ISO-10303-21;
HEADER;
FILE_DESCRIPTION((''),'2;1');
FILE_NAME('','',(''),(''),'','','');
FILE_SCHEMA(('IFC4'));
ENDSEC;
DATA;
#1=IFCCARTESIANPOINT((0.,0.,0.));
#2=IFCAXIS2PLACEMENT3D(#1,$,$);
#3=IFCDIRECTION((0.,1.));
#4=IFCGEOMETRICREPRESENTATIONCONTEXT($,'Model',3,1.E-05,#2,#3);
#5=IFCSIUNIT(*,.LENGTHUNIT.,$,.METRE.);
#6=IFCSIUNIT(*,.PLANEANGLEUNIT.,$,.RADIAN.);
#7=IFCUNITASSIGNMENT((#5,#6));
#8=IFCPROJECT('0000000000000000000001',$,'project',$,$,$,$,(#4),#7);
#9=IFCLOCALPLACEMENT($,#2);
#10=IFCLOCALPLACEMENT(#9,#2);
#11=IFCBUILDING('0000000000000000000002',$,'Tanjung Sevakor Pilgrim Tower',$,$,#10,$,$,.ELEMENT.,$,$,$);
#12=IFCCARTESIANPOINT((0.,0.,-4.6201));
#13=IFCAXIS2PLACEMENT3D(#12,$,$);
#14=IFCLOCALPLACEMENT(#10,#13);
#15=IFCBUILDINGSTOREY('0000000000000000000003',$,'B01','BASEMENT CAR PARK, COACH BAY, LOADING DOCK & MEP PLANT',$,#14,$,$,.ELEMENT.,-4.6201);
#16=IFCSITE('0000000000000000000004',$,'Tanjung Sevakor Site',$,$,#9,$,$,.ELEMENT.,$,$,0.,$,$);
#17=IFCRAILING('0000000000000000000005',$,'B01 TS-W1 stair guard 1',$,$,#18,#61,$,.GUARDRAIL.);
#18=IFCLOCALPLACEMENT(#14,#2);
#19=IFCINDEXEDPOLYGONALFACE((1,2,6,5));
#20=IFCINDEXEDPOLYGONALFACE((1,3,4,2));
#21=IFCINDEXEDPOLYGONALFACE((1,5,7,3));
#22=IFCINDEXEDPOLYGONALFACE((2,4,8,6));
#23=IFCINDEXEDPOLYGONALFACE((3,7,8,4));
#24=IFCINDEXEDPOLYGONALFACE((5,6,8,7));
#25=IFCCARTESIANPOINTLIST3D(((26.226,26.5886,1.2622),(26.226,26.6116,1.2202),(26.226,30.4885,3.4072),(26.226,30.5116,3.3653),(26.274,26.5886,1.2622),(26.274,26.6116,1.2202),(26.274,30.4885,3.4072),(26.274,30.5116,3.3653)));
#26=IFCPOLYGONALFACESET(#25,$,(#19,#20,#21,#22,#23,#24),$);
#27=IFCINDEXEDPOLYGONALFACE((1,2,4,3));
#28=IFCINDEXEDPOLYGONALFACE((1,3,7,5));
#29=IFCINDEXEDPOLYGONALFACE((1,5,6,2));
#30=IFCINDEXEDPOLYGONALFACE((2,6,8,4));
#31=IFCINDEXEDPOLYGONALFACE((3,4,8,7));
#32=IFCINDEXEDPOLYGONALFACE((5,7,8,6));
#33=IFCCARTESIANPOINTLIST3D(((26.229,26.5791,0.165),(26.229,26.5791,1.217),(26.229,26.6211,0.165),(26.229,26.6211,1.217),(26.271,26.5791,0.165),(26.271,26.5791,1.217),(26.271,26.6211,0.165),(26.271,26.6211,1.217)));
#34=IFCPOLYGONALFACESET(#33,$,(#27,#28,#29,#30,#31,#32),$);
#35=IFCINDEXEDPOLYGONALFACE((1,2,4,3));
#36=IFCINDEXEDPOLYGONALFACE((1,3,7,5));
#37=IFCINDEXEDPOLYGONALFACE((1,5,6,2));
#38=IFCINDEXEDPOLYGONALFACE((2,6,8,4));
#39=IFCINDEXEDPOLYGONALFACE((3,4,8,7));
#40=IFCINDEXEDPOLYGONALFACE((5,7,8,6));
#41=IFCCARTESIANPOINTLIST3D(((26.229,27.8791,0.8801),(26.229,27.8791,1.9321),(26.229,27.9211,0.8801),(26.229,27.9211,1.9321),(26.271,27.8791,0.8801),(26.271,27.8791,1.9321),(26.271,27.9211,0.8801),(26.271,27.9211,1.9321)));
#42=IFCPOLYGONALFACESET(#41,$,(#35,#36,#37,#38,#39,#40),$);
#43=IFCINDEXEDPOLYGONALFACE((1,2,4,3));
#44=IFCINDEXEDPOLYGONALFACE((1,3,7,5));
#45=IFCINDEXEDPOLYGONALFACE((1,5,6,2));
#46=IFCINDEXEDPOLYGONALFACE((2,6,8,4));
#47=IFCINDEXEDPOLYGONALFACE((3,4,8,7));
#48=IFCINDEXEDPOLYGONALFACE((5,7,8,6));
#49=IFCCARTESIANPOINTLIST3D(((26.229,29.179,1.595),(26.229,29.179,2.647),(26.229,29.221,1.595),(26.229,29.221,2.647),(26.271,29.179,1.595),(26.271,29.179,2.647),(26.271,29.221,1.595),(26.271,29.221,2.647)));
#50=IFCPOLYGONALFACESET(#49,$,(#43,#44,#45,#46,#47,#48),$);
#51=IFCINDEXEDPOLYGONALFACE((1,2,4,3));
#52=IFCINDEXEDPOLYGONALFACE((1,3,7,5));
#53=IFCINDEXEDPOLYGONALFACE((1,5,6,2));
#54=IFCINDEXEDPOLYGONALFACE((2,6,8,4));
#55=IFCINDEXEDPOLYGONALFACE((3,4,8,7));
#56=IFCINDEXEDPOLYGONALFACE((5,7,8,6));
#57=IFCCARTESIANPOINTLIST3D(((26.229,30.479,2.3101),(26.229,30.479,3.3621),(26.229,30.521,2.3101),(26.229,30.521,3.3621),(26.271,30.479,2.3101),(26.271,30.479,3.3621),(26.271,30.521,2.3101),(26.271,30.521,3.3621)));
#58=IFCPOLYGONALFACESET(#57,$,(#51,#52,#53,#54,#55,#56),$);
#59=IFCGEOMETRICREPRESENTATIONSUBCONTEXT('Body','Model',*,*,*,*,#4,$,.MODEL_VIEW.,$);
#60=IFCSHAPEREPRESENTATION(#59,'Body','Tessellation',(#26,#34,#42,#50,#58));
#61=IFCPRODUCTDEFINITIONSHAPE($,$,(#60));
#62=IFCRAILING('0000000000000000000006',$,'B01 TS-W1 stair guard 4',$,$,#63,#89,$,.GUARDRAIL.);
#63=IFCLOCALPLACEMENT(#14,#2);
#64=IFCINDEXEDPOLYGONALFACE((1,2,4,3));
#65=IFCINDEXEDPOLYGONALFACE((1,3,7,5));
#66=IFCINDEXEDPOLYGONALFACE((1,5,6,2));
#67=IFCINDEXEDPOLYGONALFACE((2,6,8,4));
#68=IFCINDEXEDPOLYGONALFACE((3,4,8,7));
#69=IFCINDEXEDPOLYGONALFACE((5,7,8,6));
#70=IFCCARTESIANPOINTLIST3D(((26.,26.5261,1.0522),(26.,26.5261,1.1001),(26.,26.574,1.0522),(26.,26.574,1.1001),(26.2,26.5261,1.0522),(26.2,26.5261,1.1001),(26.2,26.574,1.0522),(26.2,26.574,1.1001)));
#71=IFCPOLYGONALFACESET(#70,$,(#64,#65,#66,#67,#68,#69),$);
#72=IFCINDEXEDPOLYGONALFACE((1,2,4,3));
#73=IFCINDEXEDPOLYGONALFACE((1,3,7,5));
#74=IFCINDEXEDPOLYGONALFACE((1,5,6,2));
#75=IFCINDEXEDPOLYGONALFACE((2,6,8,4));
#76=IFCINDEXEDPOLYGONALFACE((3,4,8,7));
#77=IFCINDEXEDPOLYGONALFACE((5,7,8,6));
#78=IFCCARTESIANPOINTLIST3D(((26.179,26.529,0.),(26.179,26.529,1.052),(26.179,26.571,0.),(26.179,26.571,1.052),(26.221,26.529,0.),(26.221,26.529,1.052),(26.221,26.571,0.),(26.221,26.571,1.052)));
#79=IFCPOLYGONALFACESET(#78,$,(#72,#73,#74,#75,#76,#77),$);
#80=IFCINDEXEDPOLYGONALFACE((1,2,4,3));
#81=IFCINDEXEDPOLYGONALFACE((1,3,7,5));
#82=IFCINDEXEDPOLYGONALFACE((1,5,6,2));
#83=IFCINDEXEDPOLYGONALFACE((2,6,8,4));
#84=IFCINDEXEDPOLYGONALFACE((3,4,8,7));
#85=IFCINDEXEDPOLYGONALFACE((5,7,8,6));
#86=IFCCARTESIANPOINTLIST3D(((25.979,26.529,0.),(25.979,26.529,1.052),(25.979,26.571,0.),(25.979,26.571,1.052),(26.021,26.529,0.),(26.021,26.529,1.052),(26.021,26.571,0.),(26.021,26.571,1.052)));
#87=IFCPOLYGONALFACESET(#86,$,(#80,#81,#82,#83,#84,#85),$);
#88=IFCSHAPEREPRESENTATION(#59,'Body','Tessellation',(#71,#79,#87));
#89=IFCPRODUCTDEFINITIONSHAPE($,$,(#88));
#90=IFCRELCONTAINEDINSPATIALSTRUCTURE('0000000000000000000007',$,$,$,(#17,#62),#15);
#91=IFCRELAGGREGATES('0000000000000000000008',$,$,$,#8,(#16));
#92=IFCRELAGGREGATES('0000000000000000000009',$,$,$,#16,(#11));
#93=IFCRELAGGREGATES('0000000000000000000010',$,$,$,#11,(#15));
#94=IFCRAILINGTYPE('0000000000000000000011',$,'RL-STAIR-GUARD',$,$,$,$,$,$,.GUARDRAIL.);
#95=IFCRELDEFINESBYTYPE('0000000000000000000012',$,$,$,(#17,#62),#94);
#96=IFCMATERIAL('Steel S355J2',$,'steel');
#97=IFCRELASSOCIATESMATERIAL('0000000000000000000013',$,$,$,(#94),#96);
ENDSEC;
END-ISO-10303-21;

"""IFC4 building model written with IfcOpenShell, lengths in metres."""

from ifc_helpers import new_model, si_unit, direction, frame, origin, place, context, subcontext, project, spatial, rectangle, extrude, material, type_object, element, save


model = new_model("IFC4")

# Units and contexts
model_context = context("Model", 3, precision=1e-05, world=origin(), true_north=direction((0.0, 1.0)))
body_context = subcontext(model_context, "Body", "Model", "MODEL_VIEW")
ifc_project = project(units=[si_unit("LENGTHUNIT", "METRE"), si_unit("PLANEANGLEUNIT", "RADIAN")], contexts=[model_context])

# Site, building, storey
site_placement = place(None, origin())
site = spatial("IfcSite", under=ifc_project, at=site_placement, Name="Tanjung Sevakor Site", CompositionType="ELEMENT", RefElevation=0.0)
building_placement = place(site_placement, origin())
building = spatial("IfcBuilding", under=site, at=building_placement, Name="Tanjung Sevakor Pilgrim Tower", CompositionType="ELEMENT")
storey_placement = place(building_placement, frame((0.0, 0.0, -4.6201)))
storey = spatial("IfcBuildingStorey", under=building, at=storey_placement, Name="B01", Description="BASEMENT CAR PARK, COACH BAY, LOADING DOCK & MEP PLANT", CompositionType="ELEMENT", Elevation=-4.6201)

# Railings
ifc_material_1 = material(Name="Steel S355J2", Category="steel")
railing_type = type_object("IfcRailingType", Name="RL-STAIR-GUARD", PredefinedType="GUARDRAIL", material=ifc_material_1)
railing_1_placement = place(storey_placement, frame((26.25, 26.6001, 0.165)))
element("IfcRailing", 1, at=railing_1_placement, inside=storey, type_object=railing_type, Name="B01 TS-W1 stair guard 1", PredefinedType="GUARDRAIL", context=body_context, shape_type="SweptSolid", body=[
    extrude(rectangle(XDim=0.0479, YDim=0.0479), frame((0.0, 0.0, 1.0762), z_axis=(0.0, 0.876209, 0.481931), x_axis=(-1.0, 0.0, 0.0)), (0.0, 0.0, 1.0), 4.4509),
    extrude(rectangle(XDim=0.042, YDim=0.042), origin(), (0.0, 0.0, 1.0), 1.052),
    extrude(rectangle(XDim=0.042, YDim=0.042), frame((0.0, 1.3, 0.7151)), (0.0, 0.0, 1.0), 1.052),
    extrude(rectangle(XDim=0.042, YDim=0.042), frame((0.0, 2.5999, 1.4299)), (0.0, 0.0, 1.0), 1.052),
    extrude(rectangle(XDim=0.042, YDim=0.042), frame((0.0, 3.8999, 2.145)), (0.0, 0.0, 1.0), 1.052),
])
railing_2_placement = place(storey_placement, frame((26.2, 26.55, 0.0)))
element("IfcRailing", 2, at=railing_2_placement, inside=storey, type_object=railing_type, Name="B01 TS-W1 stair guard 4", PredefinedType="GUARDRAIL", context=body_context, shape_type="SweptSolid", body=[
    extrude(rectangle(XDim=0.0479, YDim=0.0479), frame((0.0, 0.0, 1.0762), z_axis=(-1.0, 0.0, 0.0), x_axis=(0.0, -1.0, 0.0)), (0.0, 0.0, 1.0), 0.2),
    extrude(rectangle(XDim=0.042, YDim=0.042), origin(), (0.0, 0.0, 1.0), 1.052),
    extrude(rectangle(XDim=0.042, YDim=0.042), frame((-0.2, 0.0, 0.0)), (0.0, 0.0, 1.0), 1.052),
])

save(model, "model.ifc")
